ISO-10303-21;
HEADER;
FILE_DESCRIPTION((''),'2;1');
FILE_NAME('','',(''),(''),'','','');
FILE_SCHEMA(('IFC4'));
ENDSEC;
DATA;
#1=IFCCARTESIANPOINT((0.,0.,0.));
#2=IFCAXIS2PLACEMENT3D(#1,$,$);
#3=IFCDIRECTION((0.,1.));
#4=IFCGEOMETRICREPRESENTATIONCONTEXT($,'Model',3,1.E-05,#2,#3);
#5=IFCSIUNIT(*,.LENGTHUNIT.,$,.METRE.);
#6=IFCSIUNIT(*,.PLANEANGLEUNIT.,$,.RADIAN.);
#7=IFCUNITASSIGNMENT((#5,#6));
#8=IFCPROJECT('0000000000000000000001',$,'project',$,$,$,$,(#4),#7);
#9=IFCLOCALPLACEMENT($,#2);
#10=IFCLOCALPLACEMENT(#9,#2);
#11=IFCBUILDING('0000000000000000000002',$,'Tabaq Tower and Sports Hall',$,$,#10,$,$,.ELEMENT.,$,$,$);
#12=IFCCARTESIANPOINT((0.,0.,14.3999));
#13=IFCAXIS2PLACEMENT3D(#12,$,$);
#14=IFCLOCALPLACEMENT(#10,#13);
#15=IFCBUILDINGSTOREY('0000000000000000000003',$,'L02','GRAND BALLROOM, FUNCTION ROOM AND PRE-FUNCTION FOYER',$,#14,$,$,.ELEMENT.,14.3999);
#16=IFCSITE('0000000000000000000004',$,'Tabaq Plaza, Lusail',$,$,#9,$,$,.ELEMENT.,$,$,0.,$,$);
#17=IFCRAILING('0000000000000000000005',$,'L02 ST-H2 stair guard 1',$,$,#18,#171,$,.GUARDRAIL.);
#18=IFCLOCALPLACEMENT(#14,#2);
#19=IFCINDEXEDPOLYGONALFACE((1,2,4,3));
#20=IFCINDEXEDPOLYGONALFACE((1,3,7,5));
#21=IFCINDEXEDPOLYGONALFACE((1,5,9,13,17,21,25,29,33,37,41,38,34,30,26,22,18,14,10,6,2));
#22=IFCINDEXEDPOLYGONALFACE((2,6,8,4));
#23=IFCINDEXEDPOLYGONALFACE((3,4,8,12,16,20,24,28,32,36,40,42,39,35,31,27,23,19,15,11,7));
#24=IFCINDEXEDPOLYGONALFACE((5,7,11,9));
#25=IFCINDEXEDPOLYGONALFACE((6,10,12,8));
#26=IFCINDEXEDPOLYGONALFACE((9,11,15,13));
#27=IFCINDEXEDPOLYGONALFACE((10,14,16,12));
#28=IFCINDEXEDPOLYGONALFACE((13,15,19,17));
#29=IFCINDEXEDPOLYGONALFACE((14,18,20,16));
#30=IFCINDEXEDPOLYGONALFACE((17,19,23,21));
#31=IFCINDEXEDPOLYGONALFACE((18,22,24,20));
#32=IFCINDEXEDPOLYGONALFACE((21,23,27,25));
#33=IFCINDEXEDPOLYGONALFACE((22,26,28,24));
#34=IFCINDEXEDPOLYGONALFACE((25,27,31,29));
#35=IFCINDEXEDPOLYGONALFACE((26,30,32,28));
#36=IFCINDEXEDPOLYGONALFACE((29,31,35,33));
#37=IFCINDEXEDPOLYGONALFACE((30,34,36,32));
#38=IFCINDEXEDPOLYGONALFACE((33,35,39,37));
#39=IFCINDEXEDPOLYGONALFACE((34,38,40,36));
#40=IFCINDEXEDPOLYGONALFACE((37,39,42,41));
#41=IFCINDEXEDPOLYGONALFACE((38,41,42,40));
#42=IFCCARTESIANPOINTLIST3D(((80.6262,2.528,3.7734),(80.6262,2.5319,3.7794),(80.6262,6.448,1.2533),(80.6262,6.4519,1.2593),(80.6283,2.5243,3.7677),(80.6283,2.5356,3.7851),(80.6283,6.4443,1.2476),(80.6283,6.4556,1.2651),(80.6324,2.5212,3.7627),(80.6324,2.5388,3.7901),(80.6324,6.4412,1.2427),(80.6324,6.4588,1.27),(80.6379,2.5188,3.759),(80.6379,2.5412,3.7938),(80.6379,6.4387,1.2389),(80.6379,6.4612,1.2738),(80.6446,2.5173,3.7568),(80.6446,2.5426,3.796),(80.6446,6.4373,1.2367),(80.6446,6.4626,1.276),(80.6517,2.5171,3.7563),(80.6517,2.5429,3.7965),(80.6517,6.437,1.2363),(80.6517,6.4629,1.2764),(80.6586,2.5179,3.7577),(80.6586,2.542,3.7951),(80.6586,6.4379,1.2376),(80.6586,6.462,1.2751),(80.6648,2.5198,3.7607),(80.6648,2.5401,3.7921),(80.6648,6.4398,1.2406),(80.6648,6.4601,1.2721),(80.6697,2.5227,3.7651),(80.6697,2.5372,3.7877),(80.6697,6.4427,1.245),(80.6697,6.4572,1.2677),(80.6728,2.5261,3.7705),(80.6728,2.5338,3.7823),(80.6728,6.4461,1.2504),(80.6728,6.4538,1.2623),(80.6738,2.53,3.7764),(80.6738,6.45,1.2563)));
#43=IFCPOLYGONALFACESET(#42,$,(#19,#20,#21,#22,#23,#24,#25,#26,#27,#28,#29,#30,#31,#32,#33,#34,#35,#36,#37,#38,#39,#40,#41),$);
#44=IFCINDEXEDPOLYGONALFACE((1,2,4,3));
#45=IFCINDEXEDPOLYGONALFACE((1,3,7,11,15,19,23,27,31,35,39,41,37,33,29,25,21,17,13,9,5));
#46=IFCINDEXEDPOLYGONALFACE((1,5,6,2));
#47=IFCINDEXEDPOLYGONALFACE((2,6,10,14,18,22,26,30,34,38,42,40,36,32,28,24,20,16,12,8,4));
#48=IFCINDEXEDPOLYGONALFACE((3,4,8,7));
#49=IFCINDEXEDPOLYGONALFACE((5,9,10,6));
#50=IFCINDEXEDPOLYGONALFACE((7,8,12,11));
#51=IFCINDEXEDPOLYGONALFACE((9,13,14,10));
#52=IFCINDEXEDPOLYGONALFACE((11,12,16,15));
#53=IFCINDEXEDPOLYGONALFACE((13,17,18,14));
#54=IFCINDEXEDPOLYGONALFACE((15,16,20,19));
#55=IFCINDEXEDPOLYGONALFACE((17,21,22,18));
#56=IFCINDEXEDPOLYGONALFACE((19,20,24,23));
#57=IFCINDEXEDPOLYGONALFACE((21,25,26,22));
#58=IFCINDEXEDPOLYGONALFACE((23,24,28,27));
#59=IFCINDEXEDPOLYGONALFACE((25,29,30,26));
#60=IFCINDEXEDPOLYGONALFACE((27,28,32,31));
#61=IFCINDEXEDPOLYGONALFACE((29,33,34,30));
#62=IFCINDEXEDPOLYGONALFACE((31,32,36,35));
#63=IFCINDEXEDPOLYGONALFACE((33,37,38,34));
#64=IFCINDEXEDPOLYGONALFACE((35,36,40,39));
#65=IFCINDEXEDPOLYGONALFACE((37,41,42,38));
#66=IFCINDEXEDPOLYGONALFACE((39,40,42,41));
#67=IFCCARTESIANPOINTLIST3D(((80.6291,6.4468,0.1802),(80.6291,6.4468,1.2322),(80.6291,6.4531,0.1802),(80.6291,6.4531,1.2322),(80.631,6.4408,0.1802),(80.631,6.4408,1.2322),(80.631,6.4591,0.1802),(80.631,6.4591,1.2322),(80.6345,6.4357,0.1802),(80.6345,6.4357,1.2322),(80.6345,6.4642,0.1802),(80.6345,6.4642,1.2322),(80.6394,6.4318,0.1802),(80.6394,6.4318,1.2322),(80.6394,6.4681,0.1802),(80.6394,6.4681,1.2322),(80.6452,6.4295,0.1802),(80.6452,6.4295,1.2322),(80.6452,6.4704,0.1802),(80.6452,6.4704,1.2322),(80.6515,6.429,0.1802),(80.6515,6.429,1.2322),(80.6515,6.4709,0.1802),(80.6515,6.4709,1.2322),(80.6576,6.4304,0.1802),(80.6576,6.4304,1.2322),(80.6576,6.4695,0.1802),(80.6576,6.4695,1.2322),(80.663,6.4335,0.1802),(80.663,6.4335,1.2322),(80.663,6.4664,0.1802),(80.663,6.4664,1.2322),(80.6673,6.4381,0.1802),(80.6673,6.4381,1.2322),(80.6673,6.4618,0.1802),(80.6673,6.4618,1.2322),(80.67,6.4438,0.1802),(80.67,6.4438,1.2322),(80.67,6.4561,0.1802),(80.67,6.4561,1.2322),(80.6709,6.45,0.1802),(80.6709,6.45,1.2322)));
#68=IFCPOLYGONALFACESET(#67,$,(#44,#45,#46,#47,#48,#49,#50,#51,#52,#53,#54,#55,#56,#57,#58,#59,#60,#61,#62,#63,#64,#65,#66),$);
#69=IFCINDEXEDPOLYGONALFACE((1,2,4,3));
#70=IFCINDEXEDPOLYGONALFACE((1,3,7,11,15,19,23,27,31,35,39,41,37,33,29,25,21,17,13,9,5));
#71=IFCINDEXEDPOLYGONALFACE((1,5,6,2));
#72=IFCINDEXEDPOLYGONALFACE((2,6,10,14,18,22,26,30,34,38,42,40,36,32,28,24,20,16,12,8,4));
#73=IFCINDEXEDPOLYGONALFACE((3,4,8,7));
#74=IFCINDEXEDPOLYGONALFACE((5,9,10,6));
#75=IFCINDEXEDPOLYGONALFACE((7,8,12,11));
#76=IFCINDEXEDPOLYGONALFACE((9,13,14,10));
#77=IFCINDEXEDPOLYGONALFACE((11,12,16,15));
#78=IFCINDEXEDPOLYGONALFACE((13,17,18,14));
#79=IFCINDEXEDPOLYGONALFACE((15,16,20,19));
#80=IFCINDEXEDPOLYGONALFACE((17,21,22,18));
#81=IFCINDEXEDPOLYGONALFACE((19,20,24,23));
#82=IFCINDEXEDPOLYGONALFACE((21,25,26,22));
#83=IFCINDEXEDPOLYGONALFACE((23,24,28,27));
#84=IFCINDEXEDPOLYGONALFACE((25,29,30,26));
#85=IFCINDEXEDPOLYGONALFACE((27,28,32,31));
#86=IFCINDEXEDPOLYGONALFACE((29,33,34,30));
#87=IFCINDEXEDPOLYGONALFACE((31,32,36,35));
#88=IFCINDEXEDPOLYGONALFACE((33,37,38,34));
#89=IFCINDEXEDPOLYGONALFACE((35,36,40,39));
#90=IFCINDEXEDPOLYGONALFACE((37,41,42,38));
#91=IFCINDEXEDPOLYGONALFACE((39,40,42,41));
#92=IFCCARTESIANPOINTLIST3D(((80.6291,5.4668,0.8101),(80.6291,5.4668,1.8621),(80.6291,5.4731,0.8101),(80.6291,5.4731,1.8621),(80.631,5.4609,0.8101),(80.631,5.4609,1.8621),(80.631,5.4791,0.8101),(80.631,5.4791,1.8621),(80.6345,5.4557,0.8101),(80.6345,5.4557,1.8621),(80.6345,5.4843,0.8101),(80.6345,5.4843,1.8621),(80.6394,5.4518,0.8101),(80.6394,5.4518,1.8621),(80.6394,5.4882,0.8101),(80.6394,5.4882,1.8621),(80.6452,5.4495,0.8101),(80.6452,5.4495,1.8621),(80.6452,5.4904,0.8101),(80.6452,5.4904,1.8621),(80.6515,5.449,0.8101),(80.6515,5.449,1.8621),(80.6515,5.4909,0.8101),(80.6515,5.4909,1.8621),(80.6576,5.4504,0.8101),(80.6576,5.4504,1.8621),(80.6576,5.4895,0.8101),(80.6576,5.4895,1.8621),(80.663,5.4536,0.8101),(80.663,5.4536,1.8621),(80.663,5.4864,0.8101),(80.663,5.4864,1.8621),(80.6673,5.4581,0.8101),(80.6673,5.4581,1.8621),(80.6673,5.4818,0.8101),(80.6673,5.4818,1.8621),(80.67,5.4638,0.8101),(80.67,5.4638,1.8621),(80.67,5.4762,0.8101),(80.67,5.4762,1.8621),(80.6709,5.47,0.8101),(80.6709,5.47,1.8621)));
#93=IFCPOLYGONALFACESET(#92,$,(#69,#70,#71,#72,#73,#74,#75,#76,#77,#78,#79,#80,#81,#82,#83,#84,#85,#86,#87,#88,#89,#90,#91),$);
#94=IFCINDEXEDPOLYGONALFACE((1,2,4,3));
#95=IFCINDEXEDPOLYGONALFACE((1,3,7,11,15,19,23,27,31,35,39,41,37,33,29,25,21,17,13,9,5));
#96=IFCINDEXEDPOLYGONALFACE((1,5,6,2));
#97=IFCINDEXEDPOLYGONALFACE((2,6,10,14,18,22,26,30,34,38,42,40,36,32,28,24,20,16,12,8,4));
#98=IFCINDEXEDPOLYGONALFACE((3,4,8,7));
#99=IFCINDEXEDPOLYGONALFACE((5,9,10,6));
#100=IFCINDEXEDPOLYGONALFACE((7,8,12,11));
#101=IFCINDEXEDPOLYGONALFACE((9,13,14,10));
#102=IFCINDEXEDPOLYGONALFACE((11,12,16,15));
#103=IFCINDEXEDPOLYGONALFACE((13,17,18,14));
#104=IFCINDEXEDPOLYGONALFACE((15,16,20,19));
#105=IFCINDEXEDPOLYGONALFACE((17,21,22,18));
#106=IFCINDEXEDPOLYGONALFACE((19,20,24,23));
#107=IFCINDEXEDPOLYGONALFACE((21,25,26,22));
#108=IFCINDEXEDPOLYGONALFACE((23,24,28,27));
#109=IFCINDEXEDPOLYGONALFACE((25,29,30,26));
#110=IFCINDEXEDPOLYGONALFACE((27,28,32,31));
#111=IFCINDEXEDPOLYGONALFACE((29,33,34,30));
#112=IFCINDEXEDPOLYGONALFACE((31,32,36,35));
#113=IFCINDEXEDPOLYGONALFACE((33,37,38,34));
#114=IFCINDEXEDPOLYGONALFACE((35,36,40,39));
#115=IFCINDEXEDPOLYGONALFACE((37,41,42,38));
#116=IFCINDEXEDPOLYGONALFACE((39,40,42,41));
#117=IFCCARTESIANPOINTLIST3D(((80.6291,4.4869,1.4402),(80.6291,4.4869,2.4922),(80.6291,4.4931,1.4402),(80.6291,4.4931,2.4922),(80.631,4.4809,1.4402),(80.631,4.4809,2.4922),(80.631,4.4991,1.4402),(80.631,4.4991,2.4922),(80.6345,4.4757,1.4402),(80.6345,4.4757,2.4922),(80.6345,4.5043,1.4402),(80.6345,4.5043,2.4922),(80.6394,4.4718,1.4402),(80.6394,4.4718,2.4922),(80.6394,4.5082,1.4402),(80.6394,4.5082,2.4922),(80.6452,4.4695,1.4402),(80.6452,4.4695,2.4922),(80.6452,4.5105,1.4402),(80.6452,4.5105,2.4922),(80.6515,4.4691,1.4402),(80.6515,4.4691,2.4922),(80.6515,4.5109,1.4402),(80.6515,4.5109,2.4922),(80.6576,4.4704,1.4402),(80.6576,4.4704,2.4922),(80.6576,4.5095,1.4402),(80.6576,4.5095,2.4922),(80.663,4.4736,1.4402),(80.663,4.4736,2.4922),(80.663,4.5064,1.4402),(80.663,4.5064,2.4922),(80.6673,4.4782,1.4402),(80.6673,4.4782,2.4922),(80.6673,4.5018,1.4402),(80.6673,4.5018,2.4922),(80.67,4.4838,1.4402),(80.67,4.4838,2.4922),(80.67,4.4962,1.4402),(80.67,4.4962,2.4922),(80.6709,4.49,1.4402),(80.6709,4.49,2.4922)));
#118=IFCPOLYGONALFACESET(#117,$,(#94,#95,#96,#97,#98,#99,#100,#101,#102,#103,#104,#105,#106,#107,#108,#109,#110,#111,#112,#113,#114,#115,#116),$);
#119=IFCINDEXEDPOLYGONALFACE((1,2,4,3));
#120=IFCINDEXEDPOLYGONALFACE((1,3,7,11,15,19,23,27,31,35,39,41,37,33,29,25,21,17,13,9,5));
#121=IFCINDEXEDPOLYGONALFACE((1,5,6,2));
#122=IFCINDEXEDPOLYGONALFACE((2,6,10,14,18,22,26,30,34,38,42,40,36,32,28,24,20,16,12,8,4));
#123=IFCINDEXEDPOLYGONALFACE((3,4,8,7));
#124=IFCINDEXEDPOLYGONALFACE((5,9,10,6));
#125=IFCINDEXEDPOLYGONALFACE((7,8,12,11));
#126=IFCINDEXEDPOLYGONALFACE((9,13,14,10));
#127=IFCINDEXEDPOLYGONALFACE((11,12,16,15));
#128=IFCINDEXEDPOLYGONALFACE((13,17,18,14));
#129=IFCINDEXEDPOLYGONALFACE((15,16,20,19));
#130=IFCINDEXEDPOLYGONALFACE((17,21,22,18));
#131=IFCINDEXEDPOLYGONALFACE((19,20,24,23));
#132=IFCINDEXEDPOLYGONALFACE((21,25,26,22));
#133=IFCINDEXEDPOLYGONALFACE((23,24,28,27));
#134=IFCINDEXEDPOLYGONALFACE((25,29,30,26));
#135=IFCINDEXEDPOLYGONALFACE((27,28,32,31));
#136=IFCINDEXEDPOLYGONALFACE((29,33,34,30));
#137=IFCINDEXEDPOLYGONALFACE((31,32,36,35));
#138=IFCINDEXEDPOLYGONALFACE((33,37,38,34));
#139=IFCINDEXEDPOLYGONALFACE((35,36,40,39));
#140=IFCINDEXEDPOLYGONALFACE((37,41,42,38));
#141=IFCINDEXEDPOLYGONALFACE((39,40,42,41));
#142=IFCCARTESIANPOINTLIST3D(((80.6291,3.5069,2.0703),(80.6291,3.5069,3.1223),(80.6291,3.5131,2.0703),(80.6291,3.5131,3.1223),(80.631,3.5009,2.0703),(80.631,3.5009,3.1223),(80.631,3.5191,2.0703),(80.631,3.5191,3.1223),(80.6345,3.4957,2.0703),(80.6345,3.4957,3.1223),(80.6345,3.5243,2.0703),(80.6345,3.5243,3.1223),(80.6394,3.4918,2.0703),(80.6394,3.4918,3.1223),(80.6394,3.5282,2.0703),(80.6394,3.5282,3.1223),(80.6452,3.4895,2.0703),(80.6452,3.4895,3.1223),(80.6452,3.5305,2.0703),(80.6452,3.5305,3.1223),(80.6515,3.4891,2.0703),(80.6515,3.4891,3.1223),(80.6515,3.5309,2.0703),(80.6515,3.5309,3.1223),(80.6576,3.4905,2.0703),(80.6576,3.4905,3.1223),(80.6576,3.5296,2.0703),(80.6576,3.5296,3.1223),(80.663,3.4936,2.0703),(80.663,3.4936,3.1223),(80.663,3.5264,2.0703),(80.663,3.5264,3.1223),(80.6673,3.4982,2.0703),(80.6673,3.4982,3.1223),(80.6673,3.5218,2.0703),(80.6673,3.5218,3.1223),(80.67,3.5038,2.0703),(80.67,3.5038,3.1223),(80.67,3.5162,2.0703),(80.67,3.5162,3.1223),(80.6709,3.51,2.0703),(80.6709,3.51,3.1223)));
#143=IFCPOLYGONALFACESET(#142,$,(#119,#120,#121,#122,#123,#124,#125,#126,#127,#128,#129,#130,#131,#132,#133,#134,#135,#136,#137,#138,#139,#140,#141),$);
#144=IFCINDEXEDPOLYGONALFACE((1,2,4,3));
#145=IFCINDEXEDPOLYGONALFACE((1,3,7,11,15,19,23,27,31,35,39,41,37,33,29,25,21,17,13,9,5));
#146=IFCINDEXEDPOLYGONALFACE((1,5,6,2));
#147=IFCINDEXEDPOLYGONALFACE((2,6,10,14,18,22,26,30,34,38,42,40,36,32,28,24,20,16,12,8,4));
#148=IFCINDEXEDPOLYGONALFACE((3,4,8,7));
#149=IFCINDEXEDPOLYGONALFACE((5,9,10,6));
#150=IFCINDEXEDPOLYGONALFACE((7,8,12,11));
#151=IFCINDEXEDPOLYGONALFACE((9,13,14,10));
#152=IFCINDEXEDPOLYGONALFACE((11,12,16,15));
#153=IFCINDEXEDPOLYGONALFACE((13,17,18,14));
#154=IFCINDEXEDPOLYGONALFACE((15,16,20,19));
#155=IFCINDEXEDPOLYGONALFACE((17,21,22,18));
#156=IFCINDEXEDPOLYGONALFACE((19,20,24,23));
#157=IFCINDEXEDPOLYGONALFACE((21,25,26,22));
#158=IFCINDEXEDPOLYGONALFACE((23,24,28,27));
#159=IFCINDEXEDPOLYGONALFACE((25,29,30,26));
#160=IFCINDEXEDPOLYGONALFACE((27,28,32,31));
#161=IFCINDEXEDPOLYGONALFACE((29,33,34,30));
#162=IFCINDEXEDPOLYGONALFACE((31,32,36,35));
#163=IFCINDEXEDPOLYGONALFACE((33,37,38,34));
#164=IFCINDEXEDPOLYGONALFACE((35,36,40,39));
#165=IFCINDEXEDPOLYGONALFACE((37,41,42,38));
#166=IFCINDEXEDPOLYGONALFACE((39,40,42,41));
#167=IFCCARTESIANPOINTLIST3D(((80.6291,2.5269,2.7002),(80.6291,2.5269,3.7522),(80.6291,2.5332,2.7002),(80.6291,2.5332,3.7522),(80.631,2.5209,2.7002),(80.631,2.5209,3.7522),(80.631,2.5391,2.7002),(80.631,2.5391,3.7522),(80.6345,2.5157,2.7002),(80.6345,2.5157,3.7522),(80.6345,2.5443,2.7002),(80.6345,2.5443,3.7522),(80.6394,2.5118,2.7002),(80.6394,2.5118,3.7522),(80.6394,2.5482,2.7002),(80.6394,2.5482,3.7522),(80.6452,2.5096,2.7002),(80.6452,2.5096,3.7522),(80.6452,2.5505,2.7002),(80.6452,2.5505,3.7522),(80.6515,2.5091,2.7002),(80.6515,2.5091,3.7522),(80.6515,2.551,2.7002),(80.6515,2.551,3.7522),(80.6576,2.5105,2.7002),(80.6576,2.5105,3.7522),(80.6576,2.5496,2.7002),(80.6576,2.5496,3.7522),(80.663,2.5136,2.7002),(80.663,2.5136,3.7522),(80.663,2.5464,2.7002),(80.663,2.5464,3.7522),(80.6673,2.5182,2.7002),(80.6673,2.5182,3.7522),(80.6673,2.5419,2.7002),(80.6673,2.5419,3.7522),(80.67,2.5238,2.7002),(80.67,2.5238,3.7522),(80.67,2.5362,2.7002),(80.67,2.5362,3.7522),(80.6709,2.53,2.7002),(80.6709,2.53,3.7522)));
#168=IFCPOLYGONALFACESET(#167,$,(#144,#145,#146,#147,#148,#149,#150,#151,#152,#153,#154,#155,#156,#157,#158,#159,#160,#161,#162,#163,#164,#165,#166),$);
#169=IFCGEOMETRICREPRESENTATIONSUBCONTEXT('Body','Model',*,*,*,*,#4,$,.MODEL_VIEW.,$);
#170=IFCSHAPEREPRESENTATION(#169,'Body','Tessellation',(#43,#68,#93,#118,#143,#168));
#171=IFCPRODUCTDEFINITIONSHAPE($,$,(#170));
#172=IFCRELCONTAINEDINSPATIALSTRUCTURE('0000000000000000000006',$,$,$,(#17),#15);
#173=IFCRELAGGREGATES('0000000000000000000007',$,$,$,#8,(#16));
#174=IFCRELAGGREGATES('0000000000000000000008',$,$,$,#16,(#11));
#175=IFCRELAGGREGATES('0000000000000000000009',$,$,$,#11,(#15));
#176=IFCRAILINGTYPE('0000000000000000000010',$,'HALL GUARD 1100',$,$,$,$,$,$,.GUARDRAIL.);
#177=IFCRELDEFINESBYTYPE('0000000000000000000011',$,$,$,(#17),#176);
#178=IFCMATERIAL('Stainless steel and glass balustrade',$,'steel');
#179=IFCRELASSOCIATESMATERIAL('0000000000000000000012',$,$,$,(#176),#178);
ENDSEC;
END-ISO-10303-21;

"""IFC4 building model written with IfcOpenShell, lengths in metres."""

from ifc_helpers import new_model, si_unit, direction, frame, origin, origin_2d, place, context, subcontext, project, spatial, circle, extrude, material, type_object, element, save


model = new_model("IFC4")

# Units and contexts
model_context = context("Model", 3, precision=1e-05, world=origin(), true_north=direction((0.0, 1.0)))
body_context = subcontext(model_context, "Body", "Model", "MODEL_VIEW")
ifc_project = project(units=[si_unit("LENGTHUNIT", "METRE"), si_unit("PLANEANGLEUNIT", "RADIAN")], contexts=[model_context])

# Site, building, storey
site_placement = place(None, origin())
site = spatial("IfcSite", under=ifc_project, at=site_placement, Name="Tabaq Plaza, Lusail", CompositionType="ELEMENT", RefElevation=0.0)
building_placement = place(site_placement, origin())
building = spatial("IfcBuilding", under=site, at=building_placement, Name="Tabaq Tower and Sports Hall", CompositionType="ELEMENT")
storey_placement = place(building_placement, frame((0.0, 0.0, 14.3999)))
storey = spatial("IfcBuildingStorey", under=building, at=storey_placement, Name="L02", Description="GRAND BALLROOM, FUNCTION ROOM AND PRE-FUNCTION FOYER", CompositionType="ELEMENT", Elevation=14.3999)

# Railing
ifc_material_1 = material(Name="Stainless steel and glass balustrade", Category="steel")
railing_type_1 = type_object("IfcRailingType", Name="HALL GUARD 1100", PredefinedType="GUARDRAIL", material=ifc_material_1)
railing_1_placement = place(storey_placement, frame((80.6499, 6.45, 0.1802)))
element("IfcRailing", 1, at=railing_1_placement, inside=storey, type_object=railing_type_1, Name="L02 ST-H2 stair guard 1", PredefinedType="GUARDRAIL", context=body_context, shape_type="SweptSolid", body=[
    extrude(circle(Radius=0.0239, at=origin_2d()), frame((0.0, 0.0, 1.0762), z_axis=(0.0, -0.841172, 0.540768), x_axis=(1.0, 0.0, 0.0)), (0.0, 0.0, 1.0), 4.6602),
    extrude(circle(Radius=0.021, at=origin_2d()), origin(), (0.0, 0.0, 1.0), 1.052),
    extrude(circle(Radius=0.021, at=origin_2d()), frame((0.0, -0.98, 0.6299)), (0.0, 0.0, 1.0), 1.052),
    extrude(circle(Radius=0.021, at=origin_2d()), frame((0.0, -1.96, 1.26)), (0.0, 0.0, 1.0), 1.052),
    extrude(circle(Radius=0.021, at=origin_2d()), frame((0.0, -2.9399, 1.8901)), (0.0, 0.0, 1.0), 1.052),
    extrude(circle(Radius=0.021, at=origin_2d()), frame((0.0, -3.9199, 2.52)), (0.0, 0.0, 1.0), 1.052),
])

save(model, "model.ifc")
